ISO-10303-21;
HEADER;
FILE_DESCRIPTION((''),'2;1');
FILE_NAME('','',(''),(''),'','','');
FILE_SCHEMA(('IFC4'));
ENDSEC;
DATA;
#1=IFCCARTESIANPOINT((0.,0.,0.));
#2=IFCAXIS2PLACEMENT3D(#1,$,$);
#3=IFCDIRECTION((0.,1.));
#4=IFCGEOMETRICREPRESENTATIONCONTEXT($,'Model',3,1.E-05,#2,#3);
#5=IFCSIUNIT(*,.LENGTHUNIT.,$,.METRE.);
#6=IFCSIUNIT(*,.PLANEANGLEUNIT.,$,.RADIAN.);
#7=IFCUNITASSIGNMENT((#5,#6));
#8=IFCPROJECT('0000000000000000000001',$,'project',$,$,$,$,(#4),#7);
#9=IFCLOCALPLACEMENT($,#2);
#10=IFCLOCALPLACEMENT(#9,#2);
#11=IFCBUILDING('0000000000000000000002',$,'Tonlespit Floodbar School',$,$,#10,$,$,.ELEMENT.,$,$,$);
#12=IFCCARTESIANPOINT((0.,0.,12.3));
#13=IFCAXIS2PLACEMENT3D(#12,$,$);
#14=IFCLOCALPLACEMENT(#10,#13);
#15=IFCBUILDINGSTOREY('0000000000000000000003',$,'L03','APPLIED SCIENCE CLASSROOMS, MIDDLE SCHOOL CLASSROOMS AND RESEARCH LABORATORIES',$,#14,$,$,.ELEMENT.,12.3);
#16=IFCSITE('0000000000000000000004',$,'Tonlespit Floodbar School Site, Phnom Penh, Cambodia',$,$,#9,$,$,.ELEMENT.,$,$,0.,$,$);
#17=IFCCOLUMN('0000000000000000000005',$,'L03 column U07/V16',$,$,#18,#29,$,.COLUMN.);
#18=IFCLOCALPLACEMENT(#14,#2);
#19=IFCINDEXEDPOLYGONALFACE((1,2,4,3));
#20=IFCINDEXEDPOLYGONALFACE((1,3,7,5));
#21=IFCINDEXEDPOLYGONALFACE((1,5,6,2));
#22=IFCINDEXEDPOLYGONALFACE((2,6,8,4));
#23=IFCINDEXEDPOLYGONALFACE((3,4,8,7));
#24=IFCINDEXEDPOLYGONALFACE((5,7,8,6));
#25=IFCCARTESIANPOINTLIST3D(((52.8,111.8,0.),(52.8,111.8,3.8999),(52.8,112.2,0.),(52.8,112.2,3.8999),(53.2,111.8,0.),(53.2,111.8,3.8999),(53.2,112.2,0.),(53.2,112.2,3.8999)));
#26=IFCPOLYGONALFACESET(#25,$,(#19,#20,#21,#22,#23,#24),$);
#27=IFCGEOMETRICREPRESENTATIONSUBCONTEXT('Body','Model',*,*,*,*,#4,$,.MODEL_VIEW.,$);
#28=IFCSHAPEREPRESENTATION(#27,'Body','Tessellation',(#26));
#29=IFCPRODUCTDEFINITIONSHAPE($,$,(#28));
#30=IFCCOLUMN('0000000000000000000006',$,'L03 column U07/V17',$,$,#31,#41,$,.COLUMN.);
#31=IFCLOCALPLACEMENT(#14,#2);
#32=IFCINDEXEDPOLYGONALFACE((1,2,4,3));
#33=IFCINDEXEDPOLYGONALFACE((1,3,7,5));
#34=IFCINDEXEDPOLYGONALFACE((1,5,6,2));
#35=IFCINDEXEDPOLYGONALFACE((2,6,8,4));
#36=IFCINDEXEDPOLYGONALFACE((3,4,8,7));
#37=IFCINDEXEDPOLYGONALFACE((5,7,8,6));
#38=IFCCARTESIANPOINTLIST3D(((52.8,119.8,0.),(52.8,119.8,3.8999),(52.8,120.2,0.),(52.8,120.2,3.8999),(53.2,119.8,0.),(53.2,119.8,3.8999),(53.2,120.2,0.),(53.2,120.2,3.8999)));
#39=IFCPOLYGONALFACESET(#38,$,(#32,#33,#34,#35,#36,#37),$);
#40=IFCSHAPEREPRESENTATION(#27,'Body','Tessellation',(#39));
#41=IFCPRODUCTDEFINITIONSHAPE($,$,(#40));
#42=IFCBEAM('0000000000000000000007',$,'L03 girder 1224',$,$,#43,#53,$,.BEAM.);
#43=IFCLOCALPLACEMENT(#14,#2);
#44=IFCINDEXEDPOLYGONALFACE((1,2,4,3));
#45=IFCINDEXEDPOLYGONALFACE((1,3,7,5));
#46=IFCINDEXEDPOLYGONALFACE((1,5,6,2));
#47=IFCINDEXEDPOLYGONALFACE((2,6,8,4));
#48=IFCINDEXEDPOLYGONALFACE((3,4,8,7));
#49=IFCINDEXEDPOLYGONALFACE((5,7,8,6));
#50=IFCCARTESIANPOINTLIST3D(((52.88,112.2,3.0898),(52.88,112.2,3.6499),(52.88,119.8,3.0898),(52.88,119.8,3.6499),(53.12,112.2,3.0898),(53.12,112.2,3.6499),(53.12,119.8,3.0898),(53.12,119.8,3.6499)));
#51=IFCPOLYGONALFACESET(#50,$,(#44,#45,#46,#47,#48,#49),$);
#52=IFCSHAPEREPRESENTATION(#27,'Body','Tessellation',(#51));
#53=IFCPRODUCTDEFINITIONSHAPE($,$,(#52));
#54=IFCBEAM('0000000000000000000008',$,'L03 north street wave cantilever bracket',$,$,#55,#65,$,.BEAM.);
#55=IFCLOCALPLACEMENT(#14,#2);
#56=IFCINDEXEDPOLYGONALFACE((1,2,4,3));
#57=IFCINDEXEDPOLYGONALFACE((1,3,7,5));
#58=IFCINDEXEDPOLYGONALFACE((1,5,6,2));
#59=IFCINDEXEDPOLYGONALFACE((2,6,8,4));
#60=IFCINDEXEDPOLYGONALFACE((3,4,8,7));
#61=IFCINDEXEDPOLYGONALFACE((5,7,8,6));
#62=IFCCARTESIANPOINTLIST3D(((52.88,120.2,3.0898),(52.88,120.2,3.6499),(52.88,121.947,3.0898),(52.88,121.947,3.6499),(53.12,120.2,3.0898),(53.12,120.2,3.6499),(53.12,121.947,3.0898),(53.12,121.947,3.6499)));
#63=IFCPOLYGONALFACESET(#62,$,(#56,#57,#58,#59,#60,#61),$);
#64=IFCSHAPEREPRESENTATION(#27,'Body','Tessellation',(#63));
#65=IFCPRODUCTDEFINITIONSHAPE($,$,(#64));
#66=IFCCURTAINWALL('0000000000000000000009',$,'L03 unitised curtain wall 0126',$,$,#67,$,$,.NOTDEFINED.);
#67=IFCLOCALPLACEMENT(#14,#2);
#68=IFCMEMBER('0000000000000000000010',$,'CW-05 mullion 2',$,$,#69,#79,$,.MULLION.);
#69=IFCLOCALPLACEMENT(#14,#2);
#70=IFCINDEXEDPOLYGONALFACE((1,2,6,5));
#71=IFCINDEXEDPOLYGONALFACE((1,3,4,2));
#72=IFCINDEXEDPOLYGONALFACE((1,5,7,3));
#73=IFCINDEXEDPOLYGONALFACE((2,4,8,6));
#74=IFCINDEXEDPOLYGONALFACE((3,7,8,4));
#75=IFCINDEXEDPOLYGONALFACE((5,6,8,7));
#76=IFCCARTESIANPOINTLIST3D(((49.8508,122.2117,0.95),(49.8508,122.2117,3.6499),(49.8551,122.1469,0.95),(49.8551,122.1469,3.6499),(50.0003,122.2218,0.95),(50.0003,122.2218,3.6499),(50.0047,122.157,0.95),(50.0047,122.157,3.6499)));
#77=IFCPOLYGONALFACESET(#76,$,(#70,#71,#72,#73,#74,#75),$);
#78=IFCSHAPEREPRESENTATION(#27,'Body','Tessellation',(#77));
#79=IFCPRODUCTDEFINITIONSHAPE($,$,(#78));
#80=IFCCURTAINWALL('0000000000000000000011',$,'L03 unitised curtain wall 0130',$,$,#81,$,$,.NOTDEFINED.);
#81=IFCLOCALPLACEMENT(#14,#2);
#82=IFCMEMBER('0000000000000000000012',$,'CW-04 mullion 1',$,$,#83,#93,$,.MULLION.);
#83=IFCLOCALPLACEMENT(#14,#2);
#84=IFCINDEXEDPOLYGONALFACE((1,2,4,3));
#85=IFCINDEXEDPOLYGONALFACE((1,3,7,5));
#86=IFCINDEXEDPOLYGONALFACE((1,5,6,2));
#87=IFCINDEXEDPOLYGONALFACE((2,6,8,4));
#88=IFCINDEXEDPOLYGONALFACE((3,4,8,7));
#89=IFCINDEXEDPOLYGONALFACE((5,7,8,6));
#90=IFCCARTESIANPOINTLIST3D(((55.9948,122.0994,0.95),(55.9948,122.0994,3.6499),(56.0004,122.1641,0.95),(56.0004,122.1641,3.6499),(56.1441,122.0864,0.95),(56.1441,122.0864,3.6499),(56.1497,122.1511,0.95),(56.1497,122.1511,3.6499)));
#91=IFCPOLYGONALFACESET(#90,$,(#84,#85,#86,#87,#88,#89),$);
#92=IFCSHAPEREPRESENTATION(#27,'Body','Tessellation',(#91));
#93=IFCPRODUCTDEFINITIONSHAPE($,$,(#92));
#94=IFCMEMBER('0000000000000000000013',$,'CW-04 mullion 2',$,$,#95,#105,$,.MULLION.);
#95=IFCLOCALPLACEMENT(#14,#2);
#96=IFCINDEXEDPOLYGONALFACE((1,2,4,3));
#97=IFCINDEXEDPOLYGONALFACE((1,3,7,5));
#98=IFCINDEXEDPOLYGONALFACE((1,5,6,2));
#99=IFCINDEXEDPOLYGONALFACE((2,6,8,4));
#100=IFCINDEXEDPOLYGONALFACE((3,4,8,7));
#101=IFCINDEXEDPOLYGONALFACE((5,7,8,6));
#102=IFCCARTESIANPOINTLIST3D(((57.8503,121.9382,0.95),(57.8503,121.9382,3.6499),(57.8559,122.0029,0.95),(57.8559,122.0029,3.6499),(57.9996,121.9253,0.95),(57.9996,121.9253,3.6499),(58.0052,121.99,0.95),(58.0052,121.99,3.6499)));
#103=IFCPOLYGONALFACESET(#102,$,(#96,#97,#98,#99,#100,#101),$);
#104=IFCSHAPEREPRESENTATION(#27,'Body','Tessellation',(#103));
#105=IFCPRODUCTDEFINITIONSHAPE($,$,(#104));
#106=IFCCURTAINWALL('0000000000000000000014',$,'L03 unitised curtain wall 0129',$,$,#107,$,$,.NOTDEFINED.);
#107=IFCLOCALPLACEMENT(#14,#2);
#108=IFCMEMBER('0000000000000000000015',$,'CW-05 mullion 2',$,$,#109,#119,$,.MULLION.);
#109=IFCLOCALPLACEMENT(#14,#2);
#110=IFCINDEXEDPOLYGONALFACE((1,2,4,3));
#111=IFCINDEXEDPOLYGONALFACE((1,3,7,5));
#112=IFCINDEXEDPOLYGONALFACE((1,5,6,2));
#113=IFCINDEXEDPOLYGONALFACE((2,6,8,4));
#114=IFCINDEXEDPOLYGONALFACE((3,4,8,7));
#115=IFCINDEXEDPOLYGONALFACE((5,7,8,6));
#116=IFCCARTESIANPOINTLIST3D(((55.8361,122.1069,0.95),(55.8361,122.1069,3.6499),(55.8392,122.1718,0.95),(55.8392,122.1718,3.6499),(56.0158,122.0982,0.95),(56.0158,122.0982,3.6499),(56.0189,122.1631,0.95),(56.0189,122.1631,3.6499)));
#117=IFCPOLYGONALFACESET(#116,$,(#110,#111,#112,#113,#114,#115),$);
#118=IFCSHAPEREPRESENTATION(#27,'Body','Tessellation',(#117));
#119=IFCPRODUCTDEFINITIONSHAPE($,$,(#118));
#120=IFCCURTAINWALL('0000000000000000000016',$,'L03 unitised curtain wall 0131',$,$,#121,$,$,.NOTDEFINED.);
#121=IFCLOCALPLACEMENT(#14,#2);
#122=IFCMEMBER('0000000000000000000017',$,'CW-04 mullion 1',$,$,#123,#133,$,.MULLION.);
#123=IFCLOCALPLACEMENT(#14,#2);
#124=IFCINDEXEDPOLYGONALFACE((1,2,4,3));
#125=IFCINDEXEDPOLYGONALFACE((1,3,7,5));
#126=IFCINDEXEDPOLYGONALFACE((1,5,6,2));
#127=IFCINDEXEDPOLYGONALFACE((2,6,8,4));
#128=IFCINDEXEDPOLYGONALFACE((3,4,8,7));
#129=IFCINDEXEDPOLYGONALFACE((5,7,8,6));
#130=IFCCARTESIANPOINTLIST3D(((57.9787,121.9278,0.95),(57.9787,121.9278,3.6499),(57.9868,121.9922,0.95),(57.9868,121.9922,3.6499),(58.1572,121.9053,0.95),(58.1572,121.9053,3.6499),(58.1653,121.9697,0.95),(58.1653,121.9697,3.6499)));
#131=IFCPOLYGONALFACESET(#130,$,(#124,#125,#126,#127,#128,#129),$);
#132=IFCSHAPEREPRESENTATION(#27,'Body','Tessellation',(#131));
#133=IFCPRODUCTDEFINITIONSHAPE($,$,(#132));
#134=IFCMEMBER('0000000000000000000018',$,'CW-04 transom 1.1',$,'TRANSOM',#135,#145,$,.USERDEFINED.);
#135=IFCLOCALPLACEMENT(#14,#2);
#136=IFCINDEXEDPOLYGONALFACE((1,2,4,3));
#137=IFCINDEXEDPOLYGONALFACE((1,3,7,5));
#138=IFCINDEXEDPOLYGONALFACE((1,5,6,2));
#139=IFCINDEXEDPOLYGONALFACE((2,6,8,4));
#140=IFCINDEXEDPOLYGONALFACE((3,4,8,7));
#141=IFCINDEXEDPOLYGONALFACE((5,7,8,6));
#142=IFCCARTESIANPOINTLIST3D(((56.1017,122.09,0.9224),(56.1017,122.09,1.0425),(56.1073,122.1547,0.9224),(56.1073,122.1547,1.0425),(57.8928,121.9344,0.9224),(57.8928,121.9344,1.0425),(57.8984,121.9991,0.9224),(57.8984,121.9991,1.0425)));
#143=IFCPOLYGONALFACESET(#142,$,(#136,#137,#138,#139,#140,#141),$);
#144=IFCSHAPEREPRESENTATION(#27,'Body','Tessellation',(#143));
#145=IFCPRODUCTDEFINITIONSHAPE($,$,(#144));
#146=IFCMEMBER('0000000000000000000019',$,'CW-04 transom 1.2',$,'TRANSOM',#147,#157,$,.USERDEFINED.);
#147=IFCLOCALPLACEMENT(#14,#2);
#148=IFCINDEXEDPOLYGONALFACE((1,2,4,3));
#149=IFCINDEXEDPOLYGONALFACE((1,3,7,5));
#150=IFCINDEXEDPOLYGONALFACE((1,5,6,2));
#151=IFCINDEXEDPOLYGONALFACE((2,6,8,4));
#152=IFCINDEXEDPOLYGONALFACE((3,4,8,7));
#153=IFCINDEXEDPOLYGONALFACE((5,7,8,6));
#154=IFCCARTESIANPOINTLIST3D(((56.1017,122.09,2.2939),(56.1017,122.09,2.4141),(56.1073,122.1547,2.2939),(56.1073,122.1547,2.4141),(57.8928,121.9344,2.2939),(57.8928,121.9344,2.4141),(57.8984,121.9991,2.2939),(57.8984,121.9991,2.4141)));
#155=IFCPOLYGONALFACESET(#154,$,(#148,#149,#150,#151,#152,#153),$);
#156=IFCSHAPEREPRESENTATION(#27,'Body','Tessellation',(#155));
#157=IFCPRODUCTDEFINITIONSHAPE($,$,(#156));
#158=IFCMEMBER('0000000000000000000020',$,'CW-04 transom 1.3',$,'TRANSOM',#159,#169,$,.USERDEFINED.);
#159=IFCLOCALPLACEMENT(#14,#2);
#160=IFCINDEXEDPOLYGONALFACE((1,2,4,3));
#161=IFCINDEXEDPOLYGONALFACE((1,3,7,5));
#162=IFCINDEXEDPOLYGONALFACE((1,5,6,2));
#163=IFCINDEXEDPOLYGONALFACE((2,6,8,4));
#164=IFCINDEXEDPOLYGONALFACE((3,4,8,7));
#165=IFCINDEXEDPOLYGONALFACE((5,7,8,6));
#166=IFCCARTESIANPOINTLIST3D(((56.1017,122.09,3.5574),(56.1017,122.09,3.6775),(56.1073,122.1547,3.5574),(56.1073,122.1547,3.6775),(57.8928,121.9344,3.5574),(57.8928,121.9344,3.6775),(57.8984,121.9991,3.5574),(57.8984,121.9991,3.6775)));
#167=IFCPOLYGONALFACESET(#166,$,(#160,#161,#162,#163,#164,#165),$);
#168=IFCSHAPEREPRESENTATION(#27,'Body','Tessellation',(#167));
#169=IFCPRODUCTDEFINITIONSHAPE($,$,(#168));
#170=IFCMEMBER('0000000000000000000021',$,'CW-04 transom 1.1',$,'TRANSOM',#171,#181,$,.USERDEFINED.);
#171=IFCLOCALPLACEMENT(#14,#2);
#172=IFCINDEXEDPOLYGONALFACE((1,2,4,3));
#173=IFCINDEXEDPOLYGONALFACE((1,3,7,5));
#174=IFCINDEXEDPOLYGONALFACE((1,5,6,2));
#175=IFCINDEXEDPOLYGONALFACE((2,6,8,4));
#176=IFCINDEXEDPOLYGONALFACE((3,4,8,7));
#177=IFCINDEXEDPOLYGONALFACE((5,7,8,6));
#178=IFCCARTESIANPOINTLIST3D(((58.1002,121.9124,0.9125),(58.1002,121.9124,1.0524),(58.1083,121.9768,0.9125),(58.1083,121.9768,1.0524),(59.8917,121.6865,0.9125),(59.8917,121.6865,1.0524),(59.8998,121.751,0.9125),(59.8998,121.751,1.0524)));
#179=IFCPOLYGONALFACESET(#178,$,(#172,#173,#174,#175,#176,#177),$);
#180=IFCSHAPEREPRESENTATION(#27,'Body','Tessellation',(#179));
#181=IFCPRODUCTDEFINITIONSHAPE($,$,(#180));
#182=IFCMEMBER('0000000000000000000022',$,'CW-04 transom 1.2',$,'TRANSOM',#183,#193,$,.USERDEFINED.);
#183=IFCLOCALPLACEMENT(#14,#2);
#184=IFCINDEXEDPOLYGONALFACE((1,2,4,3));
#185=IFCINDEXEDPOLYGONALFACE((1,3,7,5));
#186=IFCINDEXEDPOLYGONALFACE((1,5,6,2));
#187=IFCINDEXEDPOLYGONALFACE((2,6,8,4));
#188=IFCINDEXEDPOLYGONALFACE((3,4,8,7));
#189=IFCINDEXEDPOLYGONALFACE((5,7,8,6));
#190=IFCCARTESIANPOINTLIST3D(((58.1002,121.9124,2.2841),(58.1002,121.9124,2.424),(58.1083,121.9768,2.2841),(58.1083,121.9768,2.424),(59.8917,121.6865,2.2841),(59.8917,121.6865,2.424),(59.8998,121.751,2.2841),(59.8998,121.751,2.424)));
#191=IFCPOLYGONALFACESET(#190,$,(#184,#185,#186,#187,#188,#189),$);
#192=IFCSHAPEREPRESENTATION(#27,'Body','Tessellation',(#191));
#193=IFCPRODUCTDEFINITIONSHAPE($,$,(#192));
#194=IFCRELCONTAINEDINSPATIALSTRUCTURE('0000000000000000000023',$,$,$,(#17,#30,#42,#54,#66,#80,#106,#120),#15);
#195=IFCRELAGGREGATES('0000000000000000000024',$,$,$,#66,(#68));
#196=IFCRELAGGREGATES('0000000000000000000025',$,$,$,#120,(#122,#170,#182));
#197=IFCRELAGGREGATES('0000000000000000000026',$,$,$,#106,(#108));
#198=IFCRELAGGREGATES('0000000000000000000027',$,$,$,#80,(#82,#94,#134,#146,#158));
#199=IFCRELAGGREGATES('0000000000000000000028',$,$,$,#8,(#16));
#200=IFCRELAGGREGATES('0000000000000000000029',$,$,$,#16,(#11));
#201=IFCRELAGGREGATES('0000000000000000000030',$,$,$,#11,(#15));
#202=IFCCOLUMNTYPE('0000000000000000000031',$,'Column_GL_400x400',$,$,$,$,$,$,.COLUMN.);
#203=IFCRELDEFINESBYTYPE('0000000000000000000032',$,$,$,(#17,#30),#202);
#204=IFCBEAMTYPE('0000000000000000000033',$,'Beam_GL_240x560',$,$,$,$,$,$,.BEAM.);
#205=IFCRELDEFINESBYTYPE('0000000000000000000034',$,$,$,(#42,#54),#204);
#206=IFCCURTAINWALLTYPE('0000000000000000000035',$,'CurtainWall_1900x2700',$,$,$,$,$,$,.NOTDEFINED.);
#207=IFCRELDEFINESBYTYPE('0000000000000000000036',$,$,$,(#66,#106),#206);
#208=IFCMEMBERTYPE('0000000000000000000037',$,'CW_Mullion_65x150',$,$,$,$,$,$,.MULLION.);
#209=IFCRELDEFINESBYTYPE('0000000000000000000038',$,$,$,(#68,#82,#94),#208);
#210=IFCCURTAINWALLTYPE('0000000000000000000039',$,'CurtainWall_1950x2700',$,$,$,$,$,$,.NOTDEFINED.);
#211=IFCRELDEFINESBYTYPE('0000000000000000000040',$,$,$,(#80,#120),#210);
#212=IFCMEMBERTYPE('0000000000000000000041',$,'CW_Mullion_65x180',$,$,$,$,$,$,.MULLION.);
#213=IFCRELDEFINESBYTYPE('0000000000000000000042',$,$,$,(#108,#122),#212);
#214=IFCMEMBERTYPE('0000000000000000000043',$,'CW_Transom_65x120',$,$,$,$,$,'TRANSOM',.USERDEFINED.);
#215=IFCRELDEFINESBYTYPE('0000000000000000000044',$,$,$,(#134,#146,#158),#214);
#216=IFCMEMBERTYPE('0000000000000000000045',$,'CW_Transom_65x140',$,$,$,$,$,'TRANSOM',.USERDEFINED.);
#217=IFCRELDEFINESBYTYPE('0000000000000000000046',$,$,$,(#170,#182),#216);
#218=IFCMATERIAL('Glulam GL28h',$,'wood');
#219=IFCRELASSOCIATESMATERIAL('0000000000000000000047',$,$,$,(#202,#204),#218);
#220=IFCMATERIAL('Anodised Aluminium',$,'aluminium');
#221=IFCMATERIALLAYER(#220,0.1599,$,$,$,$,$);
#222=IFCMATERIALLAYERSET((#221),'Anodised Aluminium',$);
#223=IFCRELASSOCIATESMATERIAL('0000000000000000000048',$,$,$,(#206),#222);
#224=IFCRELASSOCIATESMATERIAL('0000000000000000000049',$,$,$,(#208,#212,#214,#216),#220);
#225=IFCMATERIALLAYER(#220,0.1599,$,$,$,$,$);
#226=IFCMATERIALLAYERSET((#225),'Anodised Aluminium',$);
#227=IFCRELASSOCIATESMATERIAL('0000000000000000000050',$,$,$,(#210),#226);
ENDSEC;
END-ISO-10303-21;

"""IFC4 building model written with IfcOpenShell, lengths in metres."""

from ifc_helpers import new_model, si_unit, direction, frame, origin, origin_2d, place, context, subcontext, project, spatial, rectangle, extrude, material, layer, layer_set, material_profile, profile_set, type_object, element, aggregate, save


model = new_model("IFC4")

# Units and contexts
model_context = context("Model", 3, precision=1e-05, world=origin(), true_north=direction((0.0, 1.0)))
body_context = subcontext(model_context, "Body", "Model", "MODEL_VIEW")
ifc_project = project(units=[si_unit("LENGTHUNIT", "METRE"), si_unit("PLANEANGLEUNIT", "RADIAN")], contexts=[model_context])

# Site, building, storey
site_placement = place(None, origin())
site = spatial("IfcSite", under=ifc_project, at=site_placement, Name="Tonlespit Floodbar School Site, Phnom Penh, Cambodia", CompositionType="ELEMENT", RefElevation=0.0)
building_placement = place(site_placement, origin())
building = spatial("IfcBuilding", under=site, at=building_placement, Name="Tonlespit Floodbar School", CompositionType="ELEMENT")
storey_placement = place(building_placement, frame((0.0, 0.0, 12.3)))
storey = spatial("IfcBuildingStorey", under=building, at=storey_placement, Name="L03", Description="APPLIED SCIENCE CLASSROOMS, MIDDLE SCHOOL CLASSROOMS AND RESEARCH LABORATORIES", CompositionType="ELEMENT", Elevation=12.3)

# Columns
ifc_material_1 = material(Name="Glulam GL28h", Category="wood")
ifc_material_profile_1 = material_profile(ifc_material_1, rectangle(XDim=0.3999, YDim=0.3999, at=origin_2d()), Name="GL 400x400")
ifc_profile_set_1 = profile_set([ifc_material_profile_1], Name="Glulam GL28h")
column_type = type_object("IfcColumnType", Name="Column_GL_400x400", PredefinedType="COLUMN", material=ifc_profile_set_1)
for number, where, z_axis, x_axis, name in (
    (1, (53.0, 112.0, 0.0), (0.0, 0.0, 1.0), (1.0, 0.0, 0.0), "L03 column U07/V16"),
    (2, (53.0, 120.0, 0.0), (0.0, 0.0, 1.0), (1.0, 0.0, 0.0), "L03 column U07/V17"),
):
    element("IfcColumn", number, at=place(storey_placement, frame(where, z_axis=z_axis, x_axis=x_axis)), inside=storey, type_object=column_type, Name=name, PredefinedType="COLUMN", context=body_context, shape_type="SweptSolid", body=[
        extrude(rectangle(XDim=0.3999, YDim=0.3999, at=origin_2d()), origin(), (0.0, 0.0, 1.0), 3.8999),
    ])

# Beams
ifc_material_profile_2 = material_profile(ifc_material_1, rectangle(XDim=0.24, YDim=0.5601, at=origin_2d()), Name="GL 240x560")
ifc_profile_set_2 = profile_set([ifc_material_profile_2], Name="Glulam GL28h")
beam_type_1 = type_object("IfcBeamType", Name="Beam_GL_240x560", PredefinedType="BEAM", material=ifc_profile_set_2)
beam_1_placement = place(storey_placement, frame((53.0, 112.2, 3.3699), z_axis=(0.0, 1.0, 0.0), x_axis=(-1.0, 0.0, 0.0)))
element("IfcBeam", 3, at=beam_1_placement, inside=storey, type_object=beam_type_1, Name="L03 girder 1224", PredefinedType="BEAM", context=body_context, shape_type="SweptSolid", body=[
    extrude(rectangle(XDim=0.24, YDim=0.5601, at=origin_2d()), origin(), (0.0, 0.0, 1.0), 7.6001),
])
beam_2_placement = place(storey_placement, frame((53.0, 120.2, 3.3699), z_axis=(0.0, 1.0, 0.0), x_axis=(-1.0, 0.0, 0.0)))
element("IfcBeam", 4, at=beam_2_placement, inside=storey, type_object=beam_type_1, Name="L03 north street wave cantilever bracket", PredefinedType="BEAM", context=body_context, shape_type="SweptSolid", body=[
    extrude(rectangle(XDim=0.24, YDim=0.5601, at=origin_2d()), origin(), (0.0, 0.0, 1.0), 1.7471),
])

# Curtain wall, member
ifc_material_2 = material(Name="Anodised Aluminium", Category="aluminium")
ifc_layer_1 = layer(ifc_material_2, 0.1599)
ifc_layer_set_1 = layer_set([ifc_layer_1], Name="Anodised Aluminium")
curtain_wall_type_1 = type_object("IfcCurtainWallType", Name="CurtainWall_1900x2700", PredefinedType="NOTDEFINED", material=ifc_layer_set_1)
curtain_wall_1_placement = place(storey_placement, origin())
curtain_wall_1 = element("IfcCurtainWall", 5, at=curtain_wall_1_placement, inside=storey, type_object=curtain_wall_type_1, Name="L03 unitised curtain wall 0126", PredefinedType="NOTDEFINED")
ifc_material_profile_3 = material_profile(ifc_material_2, rectangle(XDim=0.0649, YDim=0.1499, at=origin_2d()), Name="ALU M65x150")
ifc_profile_set_3 = profile_set([ifc_material_profile_3], Name="Anodised Aluminium")
member_type_1 = type_object("IfcMemberType", Name="CW_Mullion_65x150", PredefinedType="MULLION", material=ifc_profile_set_3)
member_1_placement = place(storey_placement, frame((49.9277, 122.1843, 0.95), z_axis=(0.0, 0.0, 1.0), x_axis=(-0.06734, 0.99773, 0.0)))
member_1 = element("IfcMember", 6, at=member_1_placement, type_object=member_type_1, Name="CW-05 mullion 2", PredefinedType="MULLION", context=body_context, shape_type="SweptSolid", body=[
    extrude(rectangle(XDim=0.0649, YDim=0.1499, at=origin_2d()), origin(), (0.0, 0.0, 1.0), 2.7),
])
aggregate(curtain_wall_1, [member_1])

# Curtain wall, members
ifc_layer_2 = layer(ifc_material_2, 0.1599)
ifc_layer_set_2 = layer_set([ifc_layer_2], Name="Anodised Aluminium")
curtain_wall_type_2 = type_object("IfcCurtainWallType", Name="CurtainWall_1950x2700", PredefinedType="NOTDEFINED", material=ifc_layer_set_2)
curtain_wall_2_placement = place(storey_placement, origin())
curtain_wall_2 = element("IfcCurtainWall", 7, at=curtain_wall_2_placement, inside=storey, type_object=curtain_wall_type_2, Name="L03 unitised curtain wall 0130", PredefinedType="NOTDEFINED")
member_2_placement = place(storey_placement, frame((56.0723, 122.1252, 0.95), z_axis=(0.0, 0.0, 1.0), x_axis=(0.086531, 0.996249, 0.0)))
member_2 = element("IfcMember", 8, at=member_2_placement, type_object=member_type_1, Name="CW-04 mullion 1", PredefinedType="MULLION", context=body_context, shape_type="SweptSolid", body=[
    extrude(rectangle(XDim=0.0649, YDim=0.1499, at=origin_2d()), origin(), (0.0, 0.0, 1.0), 2.7),
])
member_3_placement = place(storey_placement, frame((57.9277, 121.9641, 0.95), z_axis=(0.0, 0.0, 1.0), x_axis=(0.086531, 0.996249, 0.0)))
member_3 = element("IfcMember", 9, at=member_3_placement, type_object=member_type_1, Name="CW-04 mullion 2", PredefinedType="MULLION", context=body_context, shape_type="SweptSolid", body=[
    extrude(rectangle(XDim=0.0649, YDim=0.1499, at=origin_2d()), origin(), (0.0, 0.0, 1.0), 2.7),
])

# Curtain walls, members
curtain_wall_3_placement = place(storey_placement, origin())
curtain_wall_3 = element("IfcCurtainWall", 10, at=curtain_wall_3_placement, inside=storey, type_object=curtain_wall_type_1, Name="L03 unitised curtain wall 0129", PredefinedType="NOTDEFINED")
ifc_material_profile_4 = material_profile(ifc_material_2, rectangle(XDim=0.0649, YDim=0.1799, at=origin_2d()), Name="ALU M65x180")
ifc_profile_set_4 = profile_set([ifc_material_profile_4], Name="Anodised Aluminium")
member_type_2 = type_object("IfcMemberType", Name="CW_Mullion_65x180", PredefinedType="MULLION", material=ifc_profile_set_4)
member_4_placement = place(storey_placement, frame((55.9275, 122.135, 0.95), z_axis=(0.0, 0.0, 1.0), x_axis=(0.048121, 0.998842, 0.0)))
member_4 = element("IfcMember", 11, at=member_4_placement, type_object=member_type_2, Name="CW-05 mullion 2", PredefinedType="MULLION", context=body_context, shape_type="SweptSolid", body=[
    extrude(rectangle(XDim=0.0649, YDim=0.1799, at=origin_2d()), origin(), (0.0, 0.0, 1.0), 2.7),
])
curtain_wall_4_placement = place(storey_placement, origin())
curtain_wall_4 = element("IfcCurtainWall", 12, at=curtain_wall_4_placement, inside=storey, type_object=curtain_wall_type_2, Name="L03 unitised curtain wall 0131", PredefinedType="NOTDEFINED")
member_5_placement = place(storey_placement, frame((58.072, 121.9487, 0.95), z_axis=(0.0, 0.0, 1.0), x_axis=(0.125014, 0.992155, 0.0)))
member_5 = element("IfcMember", 13, at=member_5_placement, type_object=member_type_2, Name="CW-04 mullion 1", PredefinedType="MULLION", context=body_context, shape_type="SweptSolid", body=[
    extrude(rectangle(XDim=0.0649, YDim=0.1799, at=origin_2d()), origin(), (0.0, 0.0, 1.0), 2.7),
])

# Members
ifc_material_profile_5 = material_profile(ifc_material_2, rectangle(XDim=0.0649, YDim=0.1201, at=origin_2d()), Name="ALU T65x120")
ifc_profile_set_5 = profile_set([ifc_material_profile_5], Name="Anodised Aluminium")
member_type_3 = type_object("IfcMemberType", Name="CW_Transom_65x120", ElementType="TRANSOM", PredefinedType="USERDEFINED", material=ifc_profile_set_5)
member_6_placement = place(storey_placement, frame((56.1045, 122.1223, 0.9824), z_axis=(0.996251, -0.086507, 0.0), x_axis=(0.086507, 0.996251, 0.0)))
member_6 = element("IfcMember", 14, at=member_6_placement, type_object=member_type_3, Name="CW-04 transom 1.1", ObjectType="TRANSOM", PredefinedType="USERDEFINED", context=body_context, shape_type="SweptSolid", body=[
    extrude(rectangle(XDim=0.0649, YDim=0.1201, at=origin_2d()), origin(), (0.0, 0.0, 1.0), 1.7979),
])
member_7_placement = place(storey_placement, frame((56.1045, 122.1223, 2.354), z_axis=(0.996251, -0.086507, 0.0), x_axis=(0.086507, 0.996251, 0.0)))
member_7 = element("IfcMember", 15, at=member_7_placement, type_object=member_type_3, Name="CW-04 transom 1.2", ObjectType="TRANSOM", PredefinedType="USERDEFINED", context=body_context, shape_type="SweptSolid", body=[
    extrude(rectangle(XDim=0.0649, YDim=0.1201, at=origin_2d()), origin(), (0.0, 0.0, 1.0), 1.7979),
])
member_8_placement = place(storey_placement, frame((56.1045, 122.1223, 3.6174), z_axis=(0.996251, -0.086507, 0.0), x_axis=(0.086507, 0.996251, 0.0)))
member_8 = element("IfcMember", 16, at=member_8_placement, type_object=member_type_3, Name="CW-04 transom 1.3", ObjectType="TRANSOM", PredefinedType="USERDEFINED", context=body_context, shape_type="SweptSolid", body=[
    extrude(rectangle(XDim=0.0649, YDim=0.1201, at=origin_2d()), origin(), (0.0, 0.0, 1.0), 1.7979),
])
ifc_material_profile_6 = material_profile(ifc_material_2, rectangle(XDim=0.0649, YDim=0.1399, at=origin_2d()), Name="ALU T65x140")
ifc_profile_set_6 = profile_set([ifc_material_profile_6], Name="Anodised Aluminium")
member_type_4 = type_object("IfcMemberType", Name="CW_Transom_65x140", ElementType="TRANSOM", PredefinedType="USERDEFINED", material=ifc_profile_set_6)
member_9_placement = place(storey_placement, frame((58.1042, 121.9446, 0.9824), z_axis=(0.992148, -0.125066, 0.0), x_axis=(0.125066, 0.992148, 0.0)))
member_9 = element("IfcMember", 17, at=member_9_placement, type_object=member_type_4, Name="CW-04 transom 1.1", ObjectType="TRANSOM", PredefinedType="USERDEFINED", context=body_context, shape_type="SweptSolid", body=[
    extrude(rectangle(XDim=0.0649, YDim=0.1399, at=origin_2d()), origin(), (0.0, 0.0, 1.0), 1.8057),
])
member_10_placement = place(storey_placement, frame((58.1042, 121.9446, 2.354), z_axis=(0.992148, -0.125066, 0.0), x_axis=(0.125066, 0.992148, 0.0)))
member_10 = element("IfcMember", 18, at=member_10_placement, type_object=member_type_4, Name="CW-04 transom 1.2", ObjectType="TRANSOM", PredefinedType="USERDEFINED", context=body_context, shape_type="SweptSolid", body=[
    extrude(rectangle(XDim=0.0649, YDim=0.1399, at=origin_2d()), origin(), (0.0, 0.0, 1.0), 1.8057),
])
aggregate(curtain_wall_4, [member_5, member_9, member_10])

aggregate(curtain_wall_3, [member_4])
aggregate(curtain_wall_2, [member_2, member_3, member_6, member_7, member_8])

save(model, "model.ifc")
